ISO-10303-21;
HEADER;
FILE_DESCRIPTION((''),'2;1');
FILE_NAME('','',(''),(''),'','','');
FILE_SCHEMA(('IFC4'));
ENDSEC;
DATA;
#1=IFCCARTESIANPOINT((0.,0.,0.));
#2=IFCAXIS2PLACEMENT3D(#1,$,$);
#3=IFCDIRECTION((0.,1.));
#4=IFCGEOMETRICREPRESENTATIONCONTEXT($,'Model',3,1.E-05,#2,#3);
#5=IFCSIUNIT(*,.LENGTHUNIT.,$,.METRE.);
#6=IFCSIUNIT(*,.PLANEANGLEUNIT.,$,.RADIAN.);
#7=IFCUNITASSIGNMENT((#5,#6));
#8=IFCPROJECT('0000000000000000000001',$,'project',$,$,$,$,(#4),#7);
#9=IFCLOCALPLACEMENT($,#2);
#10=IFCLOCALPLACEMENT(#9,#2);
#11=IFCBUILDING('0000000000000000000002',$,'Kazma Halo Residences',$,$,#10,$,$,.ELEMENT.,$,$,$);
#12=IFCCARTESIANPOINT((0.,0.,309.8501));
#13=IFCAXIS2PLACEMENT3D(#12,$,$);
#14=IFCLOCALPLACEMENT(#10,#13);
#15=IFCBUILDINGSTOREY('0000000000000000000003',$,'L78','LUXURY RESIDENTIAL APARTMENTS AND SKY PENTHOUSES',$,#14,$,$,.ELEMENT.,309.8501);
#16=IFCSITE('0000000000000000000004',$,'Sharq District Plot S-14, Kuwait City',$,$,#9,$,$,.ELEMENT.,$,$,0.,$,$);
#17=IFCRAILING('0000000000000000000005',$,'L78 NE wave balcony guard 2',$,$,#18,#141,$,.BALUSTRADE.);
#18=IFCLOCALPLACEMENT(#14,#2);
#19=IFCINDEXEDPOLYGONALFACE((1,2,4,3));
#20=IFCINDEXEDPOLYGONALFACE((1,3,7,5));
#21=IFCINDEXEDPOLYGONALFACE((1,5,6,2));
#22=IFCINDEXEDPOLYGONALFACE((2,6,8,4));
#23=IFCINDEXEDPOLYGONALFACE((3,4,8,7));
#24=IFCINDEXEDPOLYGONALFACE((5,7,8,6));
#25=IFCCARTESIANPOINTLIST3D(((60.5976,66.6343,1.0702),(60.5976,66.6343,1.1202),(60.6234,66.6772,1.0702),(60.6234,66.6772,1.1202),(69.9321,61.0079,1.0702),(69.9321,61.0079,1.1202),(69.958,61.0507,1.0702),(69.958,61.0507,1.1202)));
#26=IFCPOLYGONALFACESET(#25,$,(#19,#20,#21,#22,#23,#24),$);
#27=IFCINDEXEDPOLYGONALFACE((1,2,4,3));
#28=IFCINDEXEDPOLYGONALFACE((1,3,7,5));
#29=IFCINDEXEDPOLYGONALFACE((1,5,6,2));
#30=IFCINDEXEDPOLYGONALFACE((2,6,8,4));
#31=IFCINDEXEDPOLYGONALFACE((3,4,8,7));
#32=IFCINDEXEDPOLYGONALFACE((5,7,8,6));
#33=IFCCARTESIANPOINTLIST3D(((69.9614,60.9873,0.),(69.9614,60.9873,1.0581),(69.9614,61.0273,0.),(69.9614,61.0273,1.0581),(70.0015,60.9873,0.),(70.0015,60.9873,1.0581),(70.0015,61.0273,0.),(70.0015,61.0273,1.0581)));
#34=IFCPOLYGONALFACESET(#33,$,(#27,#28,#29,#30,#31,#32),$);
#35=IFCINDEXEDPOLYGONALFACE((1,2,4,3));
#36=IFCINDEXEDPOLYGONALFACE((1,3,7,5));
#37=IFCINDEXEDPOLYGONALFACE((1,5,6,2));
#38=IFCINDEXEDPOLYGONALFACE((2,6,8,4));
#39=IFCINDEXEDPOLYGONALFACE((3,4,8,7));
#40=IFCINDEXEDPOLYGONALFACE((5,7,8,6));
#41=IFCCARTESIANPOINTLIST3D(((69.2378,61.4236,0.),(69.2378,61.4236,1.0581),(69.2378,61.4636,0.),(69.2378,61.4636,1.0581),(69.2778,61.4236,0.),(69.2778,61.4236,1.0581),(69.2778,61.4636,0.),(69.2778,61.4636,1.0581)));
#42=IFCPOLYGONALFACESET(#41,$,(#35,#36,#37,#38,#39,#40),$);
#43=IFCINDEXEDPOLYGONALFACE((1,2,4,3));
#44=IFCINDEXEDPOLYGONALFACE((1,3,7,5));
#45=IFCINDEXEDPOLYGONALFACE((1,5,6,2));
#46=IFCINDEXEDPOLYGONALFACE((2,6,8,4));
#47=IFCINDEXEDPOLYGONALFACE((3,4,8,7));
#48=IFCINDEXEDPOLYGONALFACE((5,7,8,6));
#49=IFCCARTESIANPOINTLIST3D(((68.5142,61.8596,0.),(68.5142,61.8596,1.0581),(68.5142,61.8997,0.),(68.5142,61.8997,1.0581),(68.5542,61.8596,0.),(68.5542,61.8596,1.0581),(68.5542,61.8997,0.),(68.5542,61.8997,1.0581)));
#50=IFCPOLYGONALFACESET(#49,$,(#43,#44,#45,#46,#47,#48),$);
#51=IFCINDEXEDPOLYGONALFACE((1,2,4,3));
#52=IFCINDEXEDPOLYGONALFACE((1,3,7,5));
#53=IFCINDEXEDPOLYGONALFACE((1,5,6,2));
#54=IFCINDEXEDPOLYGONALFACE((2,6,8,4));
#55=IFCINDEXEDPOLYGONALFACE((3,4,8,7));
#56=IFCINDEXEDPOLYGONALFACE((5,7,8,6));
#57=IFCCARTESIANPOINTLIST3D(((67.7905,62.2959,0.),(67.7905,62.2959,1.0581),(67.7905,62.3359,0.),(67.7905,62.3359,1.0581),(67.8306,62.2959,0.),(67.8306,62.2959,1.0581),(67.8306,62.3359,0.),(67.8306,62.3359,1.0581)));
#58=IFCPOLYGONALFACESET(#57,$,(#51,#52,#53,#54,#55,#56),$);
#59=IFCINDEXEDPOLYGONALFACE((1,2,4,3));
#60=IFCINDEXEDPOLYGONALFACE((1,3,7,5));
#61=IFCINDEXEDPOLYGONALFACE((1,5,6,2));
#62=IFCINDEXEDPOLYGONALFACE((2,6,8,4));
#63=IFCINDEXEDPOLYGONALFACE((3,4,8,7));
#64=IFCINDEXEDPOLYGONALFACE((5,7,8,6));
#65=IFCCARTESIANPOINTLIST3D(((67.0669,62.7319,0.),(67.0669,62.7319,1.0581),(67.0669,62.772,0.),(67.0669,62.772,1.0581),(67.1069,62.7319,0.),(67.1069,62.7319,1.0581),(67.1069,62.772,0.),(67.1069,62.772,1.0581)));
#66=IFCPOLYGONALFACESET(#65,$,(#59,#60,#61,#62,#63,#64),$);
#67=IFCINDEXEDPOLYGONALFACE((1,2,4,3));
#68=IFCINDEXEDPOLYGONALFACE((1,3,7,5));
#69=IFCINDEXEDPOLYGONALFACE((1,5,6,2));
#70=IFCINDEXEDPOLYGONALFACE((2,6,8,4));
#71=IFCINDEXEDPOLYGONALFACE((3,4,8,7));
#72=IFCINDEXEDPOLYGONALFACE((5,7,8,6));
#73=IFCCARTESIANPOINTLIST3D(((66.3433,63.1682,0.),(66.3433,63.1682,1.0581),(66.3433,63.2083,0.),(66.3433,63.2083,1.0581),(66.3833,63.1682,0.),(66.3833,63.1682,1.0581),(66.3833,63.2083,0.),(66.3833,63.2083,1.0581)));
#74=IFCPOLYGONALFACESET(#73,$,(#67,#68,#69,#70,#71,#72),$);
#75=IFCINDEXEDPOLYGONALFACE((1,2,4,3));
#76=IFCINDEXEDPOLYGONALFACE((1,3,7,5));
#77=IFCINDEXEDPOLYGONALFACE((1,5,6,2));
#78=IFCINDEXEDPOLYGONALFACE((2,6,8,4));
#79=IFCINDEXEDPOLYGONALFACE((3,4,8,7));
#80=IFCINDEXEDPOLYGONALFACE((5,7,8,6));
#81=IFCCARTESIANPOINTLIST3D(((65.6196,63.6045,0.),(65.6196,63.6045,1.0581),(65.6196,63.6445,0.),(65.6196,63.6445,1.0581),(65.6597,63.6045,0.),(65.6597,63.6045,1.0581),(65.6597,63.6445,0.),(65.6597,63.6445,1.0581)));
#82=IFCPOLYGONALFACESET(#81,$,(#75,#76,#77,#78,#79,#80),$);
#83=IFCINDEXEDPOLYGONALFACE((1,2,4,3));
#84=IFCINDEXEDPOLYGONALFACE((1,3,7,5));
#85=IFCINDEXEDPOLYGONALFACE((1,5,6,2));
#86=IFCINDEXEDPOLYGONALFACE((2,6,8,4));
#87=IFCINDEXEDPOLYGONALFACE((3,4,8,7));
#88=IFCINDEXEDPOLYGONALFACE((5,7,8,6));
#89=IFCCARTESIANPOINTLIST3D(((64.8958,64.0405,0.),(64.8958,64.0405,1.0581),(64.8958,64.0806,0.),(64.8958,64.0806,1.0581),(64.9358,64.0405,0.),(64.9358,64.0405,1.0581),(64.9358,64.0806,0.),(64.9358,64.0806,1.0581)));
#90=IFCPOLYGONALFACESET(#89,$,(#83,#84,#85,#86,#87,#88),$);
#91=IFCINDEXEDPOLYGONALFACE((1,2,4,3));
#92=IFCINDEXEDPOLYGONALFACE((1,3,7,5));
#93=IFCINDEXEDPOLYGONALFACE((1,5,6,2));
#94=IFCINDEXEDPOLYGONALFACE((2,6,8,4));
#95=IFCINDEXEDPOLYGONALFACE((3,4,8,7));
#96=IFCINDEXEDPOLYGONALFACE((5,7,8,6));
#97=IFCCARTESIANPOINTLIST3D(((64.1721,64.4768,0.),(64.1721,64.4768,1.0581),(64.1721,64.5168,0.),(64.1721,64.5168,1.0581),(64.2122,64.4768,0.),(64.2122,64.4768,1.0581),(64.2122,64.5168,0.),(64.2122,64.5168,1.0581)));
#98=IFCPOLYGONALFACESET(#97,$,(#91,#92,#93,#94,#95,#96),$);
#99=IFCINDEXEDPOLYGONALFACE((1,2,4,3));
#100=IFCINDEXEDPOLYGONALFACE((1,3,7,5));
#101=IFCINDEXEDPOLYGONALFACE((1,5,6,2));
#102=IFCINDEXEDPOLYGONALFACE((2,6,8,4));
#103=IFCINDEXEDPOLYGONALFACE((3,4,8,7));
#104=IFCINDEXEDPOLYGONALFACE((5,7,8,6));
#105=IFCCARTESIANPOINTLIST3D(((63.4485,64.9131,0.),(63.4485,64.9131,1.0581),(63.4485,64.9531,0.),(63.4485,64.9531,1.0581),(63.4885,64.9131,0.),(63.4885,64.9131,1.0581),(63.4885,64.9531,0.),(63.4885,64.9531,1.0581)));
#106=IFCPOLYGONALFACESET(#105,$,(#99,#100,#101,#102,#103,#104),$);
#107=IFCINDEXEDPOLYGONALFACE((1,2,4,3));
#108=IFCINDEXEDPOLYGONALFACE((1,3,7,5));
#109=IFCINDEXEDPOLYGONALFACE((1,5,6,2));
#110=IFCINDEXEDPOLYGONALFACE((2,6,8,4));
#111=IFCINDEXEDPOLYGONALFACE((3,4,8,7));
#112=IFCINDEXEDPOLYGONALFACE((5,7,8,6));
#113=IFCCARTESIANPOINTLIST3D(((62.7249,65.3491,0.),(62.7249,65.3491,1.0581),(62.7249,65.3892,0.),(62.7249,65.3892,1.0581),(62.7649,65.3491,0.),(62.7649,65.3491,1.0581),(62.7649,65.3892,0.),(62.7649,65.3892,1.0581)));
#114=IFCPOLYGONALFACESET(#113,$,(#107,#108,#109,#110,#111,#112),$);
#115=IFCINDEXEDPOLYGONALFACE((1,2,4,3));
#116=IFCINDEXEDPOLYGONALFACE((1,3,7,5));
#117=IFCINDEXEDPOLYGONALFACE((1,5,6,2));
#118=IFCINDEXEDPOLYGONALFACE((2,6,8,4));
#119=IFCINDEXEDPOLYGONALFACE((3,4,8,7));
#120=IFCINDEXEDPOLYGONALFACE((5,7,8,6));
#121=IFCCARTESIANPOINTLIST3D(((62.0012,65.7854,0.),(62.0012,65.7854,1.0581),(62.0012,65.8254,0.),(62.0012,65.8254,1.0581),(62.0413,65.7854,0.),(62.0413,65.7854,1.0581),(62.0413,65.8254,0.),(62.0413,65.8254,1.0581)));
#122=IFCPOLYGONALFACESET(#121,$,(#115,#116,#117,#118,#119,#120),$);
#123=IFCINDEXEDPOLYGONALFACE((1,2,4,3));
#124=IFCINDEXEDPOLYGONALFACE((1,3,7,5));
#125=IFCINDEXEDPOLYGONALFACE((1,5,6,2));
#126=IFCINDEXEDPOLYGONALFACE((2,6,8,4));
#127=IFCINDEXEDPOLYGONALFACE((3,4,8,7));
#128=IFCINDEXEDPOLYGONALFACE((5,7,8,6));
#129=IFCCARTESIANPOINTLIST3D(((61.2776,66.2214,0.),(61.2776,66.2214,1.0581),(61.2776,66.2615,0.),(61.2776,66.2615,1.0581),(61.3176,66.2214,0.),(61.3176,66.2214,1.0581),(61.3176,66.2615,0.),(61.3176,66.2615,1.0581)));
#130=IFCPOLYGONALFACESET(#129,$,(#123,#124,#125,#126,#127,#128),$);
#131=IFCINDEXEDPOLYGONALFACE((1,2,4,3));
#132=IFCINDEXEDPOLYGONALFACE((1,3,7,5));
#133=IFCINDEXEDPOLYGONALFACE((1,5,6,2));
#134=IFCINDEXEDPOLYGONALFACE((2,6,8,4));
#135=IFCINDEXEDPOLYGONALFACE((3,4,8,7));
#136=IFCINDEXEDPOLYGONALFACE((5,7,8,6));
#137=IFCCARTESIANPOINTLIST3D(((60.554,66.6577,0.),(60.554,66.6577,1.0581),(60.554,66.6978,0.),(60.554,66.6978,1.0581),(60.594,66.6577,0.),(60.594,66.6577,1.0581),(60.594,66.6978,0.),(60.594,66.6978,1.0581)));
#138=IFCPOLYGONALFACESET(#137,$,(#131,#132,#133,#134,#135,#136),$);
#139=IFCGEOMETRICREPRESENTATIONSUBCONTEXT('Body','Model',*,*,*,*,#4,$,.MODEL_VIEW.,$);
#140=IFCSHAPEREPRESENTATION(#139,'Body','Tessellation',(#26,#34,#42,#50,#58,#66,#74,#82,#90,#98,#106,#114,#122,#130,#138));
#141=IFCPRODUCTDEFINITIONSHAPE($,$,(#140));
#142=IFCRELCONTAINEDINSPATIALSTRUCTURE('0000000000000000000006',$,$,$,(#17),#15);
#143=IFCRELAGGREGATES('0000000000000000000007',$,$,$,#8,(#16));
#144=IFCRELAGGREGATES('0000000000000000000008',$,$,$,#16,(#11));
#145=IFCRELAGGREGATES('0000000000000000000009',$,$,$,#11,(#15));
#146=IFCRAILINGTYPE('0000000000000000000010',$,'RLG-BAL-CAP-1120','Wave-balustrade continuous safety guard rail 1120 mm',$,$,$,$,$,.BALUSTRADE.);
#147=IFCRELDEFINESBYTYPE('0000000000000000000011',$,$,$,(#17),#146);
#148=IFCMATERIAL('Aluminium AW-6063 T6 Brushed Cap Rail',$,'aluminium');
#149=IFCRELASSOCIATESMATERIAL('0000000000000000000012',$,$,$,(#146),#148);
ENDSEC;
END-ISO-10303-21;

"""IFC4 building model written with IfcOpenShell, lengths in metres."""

from ifc_helpers import new_model, si_unit, direction, frame, origin, origin_2d, place, context, subcontext, project, spatial, rectangle, extrude, material, type_object, element, save


model = new_model("IFC4")

# Units and contexts
model_context = context("Model", 3, precision=1e-05, world=origin(), true_north=direction((0.0, 1.0)))
body_context = subcontext(model_context, "Body", "Model", "MODEL_VIEW")
ifc_project = project(units=[si_unit("LENGTHUNIT", "METRE"), si_unit("PLANEANGLEUNIT", "RADIAN")], contexts=[model_context])

# Site, building, storey
site_placement = place(None, origin())
site = spatial("IfcSite", under=ifc_project, at=site_placement, Name="Sharq District Plot S-14, Kuwait City", CompositionType="ELEMENT", RefElevation=0.0)
building_placement = place(site_placement, origin())
building = spatial("IfcBuilding", under=site, at=building_placement, Name="Kazma Halo Residences", CompositionType="ELEMENT")
storey_placement = place(building_placement, frame((0.0, 0.0, 309.8501)))
storey = spatial("IfcBuildingStorey", under=building, at=storey_placement, Name="L78", Description="LUXURY RESIDENTIAL APARTMENTS AND SKY PENTHOUSES", CompositionType="ELEMENT", Elevation=309.8501)

# Railing
ifc_material_1 = material(Name="Aluminium AW-6063 T6 Brushed Cap Rail", Category="aluminium")
railing_type = type_object("IfcRailingType", Name="RLG-BAL-CAP-1120", Description="Wave-balustrade continuous safety guard rail 1120 mm", PredefinedType="BALUSTRADE", material=ifc_material_1)
railing_1_placement = place(storey_placement, frame((69.9814, 61.0073, 0.0)))
element("IfcRailing", 1, at=railing_1_placement, inside=storey, type_object=railing_type, Name="L78 NE wave balcony guard 2", PredefinedType="BALUSTRADE", context=body_context, shape_type="SweptSolid", body=[
    extrude(rectangle(XDim=0.05, YDim=0.05, at=origin_2d()), frame((-0.0364, 0.022, 1.0952), z_axis=(-0.85645, 0.51623, 0.0), x_axis=(-0.51623, -0.85645, 0.0)), (0.0, 0.0, 1.0), 10.8992),
    extrude(rectangle(XDim=0.04, YDim=0.04, at=origin_2d()), origin(), (0.0, 0.0, 1.0), 1.0581),
    extrude(rectangle(XDim=0.04, YDim=0.04, at=origin_2d()), frame((-0.7236, 0.4363, 0.0)), (0.0, 0.0, 1.0), 1.0581),
    extrude(rectangle(XDim=0.04, YDim=0.04, at=origin_2d()), frame((-1.4473, 0.8723, 0.0)), (0.0, 0.0, 1.0), 1.0581),
    extrude(rectangle(XDim=0.04, YDim=0.04, at=origin_2d()), frame((-2.1709, 1.3086, 0.0)), (0.0, 0.0, 1.0), 1.0581),
    extrude(rectangle(XDim=0.04, YDim=0.04, at=origin_2d()), frame((-2.8945, 1.7446, 0.0)), (0.0, 0.0, 1.0), 1.0581),
    extrude(rectangle(XDim=0.04, YDim=0.04, at=origin_2d()), frame((-3.6182, 2.1809, 0.0)), (0.0, 0.0, 1.0), 1.0581),
    extrude(rectangle(XDim=0.04, YDim=0.04, at=origin_2d()), frame((-4.3418, 2.6172, 0.0)), (0.0, 0.0, 1.0), 1.0581),
    extrude(rectangle(XDim=0.04, YDim=0.04, at=origin_2d()), frame((-5.0657, 3.0532, 0.0)), (0.0, 0.0, 1.0), 1.0581),
    extrude(rectangle(XDim=0.04, YDim=0.04, at=origin_2d()), frame((-5.7893, 3.4895, 0.0)), (0.0, 0.0, 1.0), 1.0581),
    extrude(rectangle(XDim=0.04, YDim=0.04, at=origin_2d()), frame((-6.5129, 3.9258, 0.0)), (0.0, 0.0, 1.0), 1.0581),
    extrude(rectangle(XDim=0.04, YDim=0.04, at=origin_2d()), frame((-7.2366, 4.3618, 0.0)), (0.0, 0.0, 1.0), 1.0581),
    extrude(rectangle(XDim=0.04, YDim=0.04, at=origin_2d()), frame((-7.9602, 4.7981, 0.0)), (0.0, 0.0, 1.0), 1.0581),
    extrude(rectangle(XDim=0.04, YDim=0.04, at=origin_2d()), frame((-8.6838, 5.2341, 0.0)), (0.0, 0.0, 1.0), 1.0581),
    extrude(rectangle(XDim=0.04, YDim=0.04, at=origin_2d()), frame((-9.4075, 5.6704, 0.0)), (0.0, 0.0, 1.0), 1.0581),
])

save(model, "model.ifc")
